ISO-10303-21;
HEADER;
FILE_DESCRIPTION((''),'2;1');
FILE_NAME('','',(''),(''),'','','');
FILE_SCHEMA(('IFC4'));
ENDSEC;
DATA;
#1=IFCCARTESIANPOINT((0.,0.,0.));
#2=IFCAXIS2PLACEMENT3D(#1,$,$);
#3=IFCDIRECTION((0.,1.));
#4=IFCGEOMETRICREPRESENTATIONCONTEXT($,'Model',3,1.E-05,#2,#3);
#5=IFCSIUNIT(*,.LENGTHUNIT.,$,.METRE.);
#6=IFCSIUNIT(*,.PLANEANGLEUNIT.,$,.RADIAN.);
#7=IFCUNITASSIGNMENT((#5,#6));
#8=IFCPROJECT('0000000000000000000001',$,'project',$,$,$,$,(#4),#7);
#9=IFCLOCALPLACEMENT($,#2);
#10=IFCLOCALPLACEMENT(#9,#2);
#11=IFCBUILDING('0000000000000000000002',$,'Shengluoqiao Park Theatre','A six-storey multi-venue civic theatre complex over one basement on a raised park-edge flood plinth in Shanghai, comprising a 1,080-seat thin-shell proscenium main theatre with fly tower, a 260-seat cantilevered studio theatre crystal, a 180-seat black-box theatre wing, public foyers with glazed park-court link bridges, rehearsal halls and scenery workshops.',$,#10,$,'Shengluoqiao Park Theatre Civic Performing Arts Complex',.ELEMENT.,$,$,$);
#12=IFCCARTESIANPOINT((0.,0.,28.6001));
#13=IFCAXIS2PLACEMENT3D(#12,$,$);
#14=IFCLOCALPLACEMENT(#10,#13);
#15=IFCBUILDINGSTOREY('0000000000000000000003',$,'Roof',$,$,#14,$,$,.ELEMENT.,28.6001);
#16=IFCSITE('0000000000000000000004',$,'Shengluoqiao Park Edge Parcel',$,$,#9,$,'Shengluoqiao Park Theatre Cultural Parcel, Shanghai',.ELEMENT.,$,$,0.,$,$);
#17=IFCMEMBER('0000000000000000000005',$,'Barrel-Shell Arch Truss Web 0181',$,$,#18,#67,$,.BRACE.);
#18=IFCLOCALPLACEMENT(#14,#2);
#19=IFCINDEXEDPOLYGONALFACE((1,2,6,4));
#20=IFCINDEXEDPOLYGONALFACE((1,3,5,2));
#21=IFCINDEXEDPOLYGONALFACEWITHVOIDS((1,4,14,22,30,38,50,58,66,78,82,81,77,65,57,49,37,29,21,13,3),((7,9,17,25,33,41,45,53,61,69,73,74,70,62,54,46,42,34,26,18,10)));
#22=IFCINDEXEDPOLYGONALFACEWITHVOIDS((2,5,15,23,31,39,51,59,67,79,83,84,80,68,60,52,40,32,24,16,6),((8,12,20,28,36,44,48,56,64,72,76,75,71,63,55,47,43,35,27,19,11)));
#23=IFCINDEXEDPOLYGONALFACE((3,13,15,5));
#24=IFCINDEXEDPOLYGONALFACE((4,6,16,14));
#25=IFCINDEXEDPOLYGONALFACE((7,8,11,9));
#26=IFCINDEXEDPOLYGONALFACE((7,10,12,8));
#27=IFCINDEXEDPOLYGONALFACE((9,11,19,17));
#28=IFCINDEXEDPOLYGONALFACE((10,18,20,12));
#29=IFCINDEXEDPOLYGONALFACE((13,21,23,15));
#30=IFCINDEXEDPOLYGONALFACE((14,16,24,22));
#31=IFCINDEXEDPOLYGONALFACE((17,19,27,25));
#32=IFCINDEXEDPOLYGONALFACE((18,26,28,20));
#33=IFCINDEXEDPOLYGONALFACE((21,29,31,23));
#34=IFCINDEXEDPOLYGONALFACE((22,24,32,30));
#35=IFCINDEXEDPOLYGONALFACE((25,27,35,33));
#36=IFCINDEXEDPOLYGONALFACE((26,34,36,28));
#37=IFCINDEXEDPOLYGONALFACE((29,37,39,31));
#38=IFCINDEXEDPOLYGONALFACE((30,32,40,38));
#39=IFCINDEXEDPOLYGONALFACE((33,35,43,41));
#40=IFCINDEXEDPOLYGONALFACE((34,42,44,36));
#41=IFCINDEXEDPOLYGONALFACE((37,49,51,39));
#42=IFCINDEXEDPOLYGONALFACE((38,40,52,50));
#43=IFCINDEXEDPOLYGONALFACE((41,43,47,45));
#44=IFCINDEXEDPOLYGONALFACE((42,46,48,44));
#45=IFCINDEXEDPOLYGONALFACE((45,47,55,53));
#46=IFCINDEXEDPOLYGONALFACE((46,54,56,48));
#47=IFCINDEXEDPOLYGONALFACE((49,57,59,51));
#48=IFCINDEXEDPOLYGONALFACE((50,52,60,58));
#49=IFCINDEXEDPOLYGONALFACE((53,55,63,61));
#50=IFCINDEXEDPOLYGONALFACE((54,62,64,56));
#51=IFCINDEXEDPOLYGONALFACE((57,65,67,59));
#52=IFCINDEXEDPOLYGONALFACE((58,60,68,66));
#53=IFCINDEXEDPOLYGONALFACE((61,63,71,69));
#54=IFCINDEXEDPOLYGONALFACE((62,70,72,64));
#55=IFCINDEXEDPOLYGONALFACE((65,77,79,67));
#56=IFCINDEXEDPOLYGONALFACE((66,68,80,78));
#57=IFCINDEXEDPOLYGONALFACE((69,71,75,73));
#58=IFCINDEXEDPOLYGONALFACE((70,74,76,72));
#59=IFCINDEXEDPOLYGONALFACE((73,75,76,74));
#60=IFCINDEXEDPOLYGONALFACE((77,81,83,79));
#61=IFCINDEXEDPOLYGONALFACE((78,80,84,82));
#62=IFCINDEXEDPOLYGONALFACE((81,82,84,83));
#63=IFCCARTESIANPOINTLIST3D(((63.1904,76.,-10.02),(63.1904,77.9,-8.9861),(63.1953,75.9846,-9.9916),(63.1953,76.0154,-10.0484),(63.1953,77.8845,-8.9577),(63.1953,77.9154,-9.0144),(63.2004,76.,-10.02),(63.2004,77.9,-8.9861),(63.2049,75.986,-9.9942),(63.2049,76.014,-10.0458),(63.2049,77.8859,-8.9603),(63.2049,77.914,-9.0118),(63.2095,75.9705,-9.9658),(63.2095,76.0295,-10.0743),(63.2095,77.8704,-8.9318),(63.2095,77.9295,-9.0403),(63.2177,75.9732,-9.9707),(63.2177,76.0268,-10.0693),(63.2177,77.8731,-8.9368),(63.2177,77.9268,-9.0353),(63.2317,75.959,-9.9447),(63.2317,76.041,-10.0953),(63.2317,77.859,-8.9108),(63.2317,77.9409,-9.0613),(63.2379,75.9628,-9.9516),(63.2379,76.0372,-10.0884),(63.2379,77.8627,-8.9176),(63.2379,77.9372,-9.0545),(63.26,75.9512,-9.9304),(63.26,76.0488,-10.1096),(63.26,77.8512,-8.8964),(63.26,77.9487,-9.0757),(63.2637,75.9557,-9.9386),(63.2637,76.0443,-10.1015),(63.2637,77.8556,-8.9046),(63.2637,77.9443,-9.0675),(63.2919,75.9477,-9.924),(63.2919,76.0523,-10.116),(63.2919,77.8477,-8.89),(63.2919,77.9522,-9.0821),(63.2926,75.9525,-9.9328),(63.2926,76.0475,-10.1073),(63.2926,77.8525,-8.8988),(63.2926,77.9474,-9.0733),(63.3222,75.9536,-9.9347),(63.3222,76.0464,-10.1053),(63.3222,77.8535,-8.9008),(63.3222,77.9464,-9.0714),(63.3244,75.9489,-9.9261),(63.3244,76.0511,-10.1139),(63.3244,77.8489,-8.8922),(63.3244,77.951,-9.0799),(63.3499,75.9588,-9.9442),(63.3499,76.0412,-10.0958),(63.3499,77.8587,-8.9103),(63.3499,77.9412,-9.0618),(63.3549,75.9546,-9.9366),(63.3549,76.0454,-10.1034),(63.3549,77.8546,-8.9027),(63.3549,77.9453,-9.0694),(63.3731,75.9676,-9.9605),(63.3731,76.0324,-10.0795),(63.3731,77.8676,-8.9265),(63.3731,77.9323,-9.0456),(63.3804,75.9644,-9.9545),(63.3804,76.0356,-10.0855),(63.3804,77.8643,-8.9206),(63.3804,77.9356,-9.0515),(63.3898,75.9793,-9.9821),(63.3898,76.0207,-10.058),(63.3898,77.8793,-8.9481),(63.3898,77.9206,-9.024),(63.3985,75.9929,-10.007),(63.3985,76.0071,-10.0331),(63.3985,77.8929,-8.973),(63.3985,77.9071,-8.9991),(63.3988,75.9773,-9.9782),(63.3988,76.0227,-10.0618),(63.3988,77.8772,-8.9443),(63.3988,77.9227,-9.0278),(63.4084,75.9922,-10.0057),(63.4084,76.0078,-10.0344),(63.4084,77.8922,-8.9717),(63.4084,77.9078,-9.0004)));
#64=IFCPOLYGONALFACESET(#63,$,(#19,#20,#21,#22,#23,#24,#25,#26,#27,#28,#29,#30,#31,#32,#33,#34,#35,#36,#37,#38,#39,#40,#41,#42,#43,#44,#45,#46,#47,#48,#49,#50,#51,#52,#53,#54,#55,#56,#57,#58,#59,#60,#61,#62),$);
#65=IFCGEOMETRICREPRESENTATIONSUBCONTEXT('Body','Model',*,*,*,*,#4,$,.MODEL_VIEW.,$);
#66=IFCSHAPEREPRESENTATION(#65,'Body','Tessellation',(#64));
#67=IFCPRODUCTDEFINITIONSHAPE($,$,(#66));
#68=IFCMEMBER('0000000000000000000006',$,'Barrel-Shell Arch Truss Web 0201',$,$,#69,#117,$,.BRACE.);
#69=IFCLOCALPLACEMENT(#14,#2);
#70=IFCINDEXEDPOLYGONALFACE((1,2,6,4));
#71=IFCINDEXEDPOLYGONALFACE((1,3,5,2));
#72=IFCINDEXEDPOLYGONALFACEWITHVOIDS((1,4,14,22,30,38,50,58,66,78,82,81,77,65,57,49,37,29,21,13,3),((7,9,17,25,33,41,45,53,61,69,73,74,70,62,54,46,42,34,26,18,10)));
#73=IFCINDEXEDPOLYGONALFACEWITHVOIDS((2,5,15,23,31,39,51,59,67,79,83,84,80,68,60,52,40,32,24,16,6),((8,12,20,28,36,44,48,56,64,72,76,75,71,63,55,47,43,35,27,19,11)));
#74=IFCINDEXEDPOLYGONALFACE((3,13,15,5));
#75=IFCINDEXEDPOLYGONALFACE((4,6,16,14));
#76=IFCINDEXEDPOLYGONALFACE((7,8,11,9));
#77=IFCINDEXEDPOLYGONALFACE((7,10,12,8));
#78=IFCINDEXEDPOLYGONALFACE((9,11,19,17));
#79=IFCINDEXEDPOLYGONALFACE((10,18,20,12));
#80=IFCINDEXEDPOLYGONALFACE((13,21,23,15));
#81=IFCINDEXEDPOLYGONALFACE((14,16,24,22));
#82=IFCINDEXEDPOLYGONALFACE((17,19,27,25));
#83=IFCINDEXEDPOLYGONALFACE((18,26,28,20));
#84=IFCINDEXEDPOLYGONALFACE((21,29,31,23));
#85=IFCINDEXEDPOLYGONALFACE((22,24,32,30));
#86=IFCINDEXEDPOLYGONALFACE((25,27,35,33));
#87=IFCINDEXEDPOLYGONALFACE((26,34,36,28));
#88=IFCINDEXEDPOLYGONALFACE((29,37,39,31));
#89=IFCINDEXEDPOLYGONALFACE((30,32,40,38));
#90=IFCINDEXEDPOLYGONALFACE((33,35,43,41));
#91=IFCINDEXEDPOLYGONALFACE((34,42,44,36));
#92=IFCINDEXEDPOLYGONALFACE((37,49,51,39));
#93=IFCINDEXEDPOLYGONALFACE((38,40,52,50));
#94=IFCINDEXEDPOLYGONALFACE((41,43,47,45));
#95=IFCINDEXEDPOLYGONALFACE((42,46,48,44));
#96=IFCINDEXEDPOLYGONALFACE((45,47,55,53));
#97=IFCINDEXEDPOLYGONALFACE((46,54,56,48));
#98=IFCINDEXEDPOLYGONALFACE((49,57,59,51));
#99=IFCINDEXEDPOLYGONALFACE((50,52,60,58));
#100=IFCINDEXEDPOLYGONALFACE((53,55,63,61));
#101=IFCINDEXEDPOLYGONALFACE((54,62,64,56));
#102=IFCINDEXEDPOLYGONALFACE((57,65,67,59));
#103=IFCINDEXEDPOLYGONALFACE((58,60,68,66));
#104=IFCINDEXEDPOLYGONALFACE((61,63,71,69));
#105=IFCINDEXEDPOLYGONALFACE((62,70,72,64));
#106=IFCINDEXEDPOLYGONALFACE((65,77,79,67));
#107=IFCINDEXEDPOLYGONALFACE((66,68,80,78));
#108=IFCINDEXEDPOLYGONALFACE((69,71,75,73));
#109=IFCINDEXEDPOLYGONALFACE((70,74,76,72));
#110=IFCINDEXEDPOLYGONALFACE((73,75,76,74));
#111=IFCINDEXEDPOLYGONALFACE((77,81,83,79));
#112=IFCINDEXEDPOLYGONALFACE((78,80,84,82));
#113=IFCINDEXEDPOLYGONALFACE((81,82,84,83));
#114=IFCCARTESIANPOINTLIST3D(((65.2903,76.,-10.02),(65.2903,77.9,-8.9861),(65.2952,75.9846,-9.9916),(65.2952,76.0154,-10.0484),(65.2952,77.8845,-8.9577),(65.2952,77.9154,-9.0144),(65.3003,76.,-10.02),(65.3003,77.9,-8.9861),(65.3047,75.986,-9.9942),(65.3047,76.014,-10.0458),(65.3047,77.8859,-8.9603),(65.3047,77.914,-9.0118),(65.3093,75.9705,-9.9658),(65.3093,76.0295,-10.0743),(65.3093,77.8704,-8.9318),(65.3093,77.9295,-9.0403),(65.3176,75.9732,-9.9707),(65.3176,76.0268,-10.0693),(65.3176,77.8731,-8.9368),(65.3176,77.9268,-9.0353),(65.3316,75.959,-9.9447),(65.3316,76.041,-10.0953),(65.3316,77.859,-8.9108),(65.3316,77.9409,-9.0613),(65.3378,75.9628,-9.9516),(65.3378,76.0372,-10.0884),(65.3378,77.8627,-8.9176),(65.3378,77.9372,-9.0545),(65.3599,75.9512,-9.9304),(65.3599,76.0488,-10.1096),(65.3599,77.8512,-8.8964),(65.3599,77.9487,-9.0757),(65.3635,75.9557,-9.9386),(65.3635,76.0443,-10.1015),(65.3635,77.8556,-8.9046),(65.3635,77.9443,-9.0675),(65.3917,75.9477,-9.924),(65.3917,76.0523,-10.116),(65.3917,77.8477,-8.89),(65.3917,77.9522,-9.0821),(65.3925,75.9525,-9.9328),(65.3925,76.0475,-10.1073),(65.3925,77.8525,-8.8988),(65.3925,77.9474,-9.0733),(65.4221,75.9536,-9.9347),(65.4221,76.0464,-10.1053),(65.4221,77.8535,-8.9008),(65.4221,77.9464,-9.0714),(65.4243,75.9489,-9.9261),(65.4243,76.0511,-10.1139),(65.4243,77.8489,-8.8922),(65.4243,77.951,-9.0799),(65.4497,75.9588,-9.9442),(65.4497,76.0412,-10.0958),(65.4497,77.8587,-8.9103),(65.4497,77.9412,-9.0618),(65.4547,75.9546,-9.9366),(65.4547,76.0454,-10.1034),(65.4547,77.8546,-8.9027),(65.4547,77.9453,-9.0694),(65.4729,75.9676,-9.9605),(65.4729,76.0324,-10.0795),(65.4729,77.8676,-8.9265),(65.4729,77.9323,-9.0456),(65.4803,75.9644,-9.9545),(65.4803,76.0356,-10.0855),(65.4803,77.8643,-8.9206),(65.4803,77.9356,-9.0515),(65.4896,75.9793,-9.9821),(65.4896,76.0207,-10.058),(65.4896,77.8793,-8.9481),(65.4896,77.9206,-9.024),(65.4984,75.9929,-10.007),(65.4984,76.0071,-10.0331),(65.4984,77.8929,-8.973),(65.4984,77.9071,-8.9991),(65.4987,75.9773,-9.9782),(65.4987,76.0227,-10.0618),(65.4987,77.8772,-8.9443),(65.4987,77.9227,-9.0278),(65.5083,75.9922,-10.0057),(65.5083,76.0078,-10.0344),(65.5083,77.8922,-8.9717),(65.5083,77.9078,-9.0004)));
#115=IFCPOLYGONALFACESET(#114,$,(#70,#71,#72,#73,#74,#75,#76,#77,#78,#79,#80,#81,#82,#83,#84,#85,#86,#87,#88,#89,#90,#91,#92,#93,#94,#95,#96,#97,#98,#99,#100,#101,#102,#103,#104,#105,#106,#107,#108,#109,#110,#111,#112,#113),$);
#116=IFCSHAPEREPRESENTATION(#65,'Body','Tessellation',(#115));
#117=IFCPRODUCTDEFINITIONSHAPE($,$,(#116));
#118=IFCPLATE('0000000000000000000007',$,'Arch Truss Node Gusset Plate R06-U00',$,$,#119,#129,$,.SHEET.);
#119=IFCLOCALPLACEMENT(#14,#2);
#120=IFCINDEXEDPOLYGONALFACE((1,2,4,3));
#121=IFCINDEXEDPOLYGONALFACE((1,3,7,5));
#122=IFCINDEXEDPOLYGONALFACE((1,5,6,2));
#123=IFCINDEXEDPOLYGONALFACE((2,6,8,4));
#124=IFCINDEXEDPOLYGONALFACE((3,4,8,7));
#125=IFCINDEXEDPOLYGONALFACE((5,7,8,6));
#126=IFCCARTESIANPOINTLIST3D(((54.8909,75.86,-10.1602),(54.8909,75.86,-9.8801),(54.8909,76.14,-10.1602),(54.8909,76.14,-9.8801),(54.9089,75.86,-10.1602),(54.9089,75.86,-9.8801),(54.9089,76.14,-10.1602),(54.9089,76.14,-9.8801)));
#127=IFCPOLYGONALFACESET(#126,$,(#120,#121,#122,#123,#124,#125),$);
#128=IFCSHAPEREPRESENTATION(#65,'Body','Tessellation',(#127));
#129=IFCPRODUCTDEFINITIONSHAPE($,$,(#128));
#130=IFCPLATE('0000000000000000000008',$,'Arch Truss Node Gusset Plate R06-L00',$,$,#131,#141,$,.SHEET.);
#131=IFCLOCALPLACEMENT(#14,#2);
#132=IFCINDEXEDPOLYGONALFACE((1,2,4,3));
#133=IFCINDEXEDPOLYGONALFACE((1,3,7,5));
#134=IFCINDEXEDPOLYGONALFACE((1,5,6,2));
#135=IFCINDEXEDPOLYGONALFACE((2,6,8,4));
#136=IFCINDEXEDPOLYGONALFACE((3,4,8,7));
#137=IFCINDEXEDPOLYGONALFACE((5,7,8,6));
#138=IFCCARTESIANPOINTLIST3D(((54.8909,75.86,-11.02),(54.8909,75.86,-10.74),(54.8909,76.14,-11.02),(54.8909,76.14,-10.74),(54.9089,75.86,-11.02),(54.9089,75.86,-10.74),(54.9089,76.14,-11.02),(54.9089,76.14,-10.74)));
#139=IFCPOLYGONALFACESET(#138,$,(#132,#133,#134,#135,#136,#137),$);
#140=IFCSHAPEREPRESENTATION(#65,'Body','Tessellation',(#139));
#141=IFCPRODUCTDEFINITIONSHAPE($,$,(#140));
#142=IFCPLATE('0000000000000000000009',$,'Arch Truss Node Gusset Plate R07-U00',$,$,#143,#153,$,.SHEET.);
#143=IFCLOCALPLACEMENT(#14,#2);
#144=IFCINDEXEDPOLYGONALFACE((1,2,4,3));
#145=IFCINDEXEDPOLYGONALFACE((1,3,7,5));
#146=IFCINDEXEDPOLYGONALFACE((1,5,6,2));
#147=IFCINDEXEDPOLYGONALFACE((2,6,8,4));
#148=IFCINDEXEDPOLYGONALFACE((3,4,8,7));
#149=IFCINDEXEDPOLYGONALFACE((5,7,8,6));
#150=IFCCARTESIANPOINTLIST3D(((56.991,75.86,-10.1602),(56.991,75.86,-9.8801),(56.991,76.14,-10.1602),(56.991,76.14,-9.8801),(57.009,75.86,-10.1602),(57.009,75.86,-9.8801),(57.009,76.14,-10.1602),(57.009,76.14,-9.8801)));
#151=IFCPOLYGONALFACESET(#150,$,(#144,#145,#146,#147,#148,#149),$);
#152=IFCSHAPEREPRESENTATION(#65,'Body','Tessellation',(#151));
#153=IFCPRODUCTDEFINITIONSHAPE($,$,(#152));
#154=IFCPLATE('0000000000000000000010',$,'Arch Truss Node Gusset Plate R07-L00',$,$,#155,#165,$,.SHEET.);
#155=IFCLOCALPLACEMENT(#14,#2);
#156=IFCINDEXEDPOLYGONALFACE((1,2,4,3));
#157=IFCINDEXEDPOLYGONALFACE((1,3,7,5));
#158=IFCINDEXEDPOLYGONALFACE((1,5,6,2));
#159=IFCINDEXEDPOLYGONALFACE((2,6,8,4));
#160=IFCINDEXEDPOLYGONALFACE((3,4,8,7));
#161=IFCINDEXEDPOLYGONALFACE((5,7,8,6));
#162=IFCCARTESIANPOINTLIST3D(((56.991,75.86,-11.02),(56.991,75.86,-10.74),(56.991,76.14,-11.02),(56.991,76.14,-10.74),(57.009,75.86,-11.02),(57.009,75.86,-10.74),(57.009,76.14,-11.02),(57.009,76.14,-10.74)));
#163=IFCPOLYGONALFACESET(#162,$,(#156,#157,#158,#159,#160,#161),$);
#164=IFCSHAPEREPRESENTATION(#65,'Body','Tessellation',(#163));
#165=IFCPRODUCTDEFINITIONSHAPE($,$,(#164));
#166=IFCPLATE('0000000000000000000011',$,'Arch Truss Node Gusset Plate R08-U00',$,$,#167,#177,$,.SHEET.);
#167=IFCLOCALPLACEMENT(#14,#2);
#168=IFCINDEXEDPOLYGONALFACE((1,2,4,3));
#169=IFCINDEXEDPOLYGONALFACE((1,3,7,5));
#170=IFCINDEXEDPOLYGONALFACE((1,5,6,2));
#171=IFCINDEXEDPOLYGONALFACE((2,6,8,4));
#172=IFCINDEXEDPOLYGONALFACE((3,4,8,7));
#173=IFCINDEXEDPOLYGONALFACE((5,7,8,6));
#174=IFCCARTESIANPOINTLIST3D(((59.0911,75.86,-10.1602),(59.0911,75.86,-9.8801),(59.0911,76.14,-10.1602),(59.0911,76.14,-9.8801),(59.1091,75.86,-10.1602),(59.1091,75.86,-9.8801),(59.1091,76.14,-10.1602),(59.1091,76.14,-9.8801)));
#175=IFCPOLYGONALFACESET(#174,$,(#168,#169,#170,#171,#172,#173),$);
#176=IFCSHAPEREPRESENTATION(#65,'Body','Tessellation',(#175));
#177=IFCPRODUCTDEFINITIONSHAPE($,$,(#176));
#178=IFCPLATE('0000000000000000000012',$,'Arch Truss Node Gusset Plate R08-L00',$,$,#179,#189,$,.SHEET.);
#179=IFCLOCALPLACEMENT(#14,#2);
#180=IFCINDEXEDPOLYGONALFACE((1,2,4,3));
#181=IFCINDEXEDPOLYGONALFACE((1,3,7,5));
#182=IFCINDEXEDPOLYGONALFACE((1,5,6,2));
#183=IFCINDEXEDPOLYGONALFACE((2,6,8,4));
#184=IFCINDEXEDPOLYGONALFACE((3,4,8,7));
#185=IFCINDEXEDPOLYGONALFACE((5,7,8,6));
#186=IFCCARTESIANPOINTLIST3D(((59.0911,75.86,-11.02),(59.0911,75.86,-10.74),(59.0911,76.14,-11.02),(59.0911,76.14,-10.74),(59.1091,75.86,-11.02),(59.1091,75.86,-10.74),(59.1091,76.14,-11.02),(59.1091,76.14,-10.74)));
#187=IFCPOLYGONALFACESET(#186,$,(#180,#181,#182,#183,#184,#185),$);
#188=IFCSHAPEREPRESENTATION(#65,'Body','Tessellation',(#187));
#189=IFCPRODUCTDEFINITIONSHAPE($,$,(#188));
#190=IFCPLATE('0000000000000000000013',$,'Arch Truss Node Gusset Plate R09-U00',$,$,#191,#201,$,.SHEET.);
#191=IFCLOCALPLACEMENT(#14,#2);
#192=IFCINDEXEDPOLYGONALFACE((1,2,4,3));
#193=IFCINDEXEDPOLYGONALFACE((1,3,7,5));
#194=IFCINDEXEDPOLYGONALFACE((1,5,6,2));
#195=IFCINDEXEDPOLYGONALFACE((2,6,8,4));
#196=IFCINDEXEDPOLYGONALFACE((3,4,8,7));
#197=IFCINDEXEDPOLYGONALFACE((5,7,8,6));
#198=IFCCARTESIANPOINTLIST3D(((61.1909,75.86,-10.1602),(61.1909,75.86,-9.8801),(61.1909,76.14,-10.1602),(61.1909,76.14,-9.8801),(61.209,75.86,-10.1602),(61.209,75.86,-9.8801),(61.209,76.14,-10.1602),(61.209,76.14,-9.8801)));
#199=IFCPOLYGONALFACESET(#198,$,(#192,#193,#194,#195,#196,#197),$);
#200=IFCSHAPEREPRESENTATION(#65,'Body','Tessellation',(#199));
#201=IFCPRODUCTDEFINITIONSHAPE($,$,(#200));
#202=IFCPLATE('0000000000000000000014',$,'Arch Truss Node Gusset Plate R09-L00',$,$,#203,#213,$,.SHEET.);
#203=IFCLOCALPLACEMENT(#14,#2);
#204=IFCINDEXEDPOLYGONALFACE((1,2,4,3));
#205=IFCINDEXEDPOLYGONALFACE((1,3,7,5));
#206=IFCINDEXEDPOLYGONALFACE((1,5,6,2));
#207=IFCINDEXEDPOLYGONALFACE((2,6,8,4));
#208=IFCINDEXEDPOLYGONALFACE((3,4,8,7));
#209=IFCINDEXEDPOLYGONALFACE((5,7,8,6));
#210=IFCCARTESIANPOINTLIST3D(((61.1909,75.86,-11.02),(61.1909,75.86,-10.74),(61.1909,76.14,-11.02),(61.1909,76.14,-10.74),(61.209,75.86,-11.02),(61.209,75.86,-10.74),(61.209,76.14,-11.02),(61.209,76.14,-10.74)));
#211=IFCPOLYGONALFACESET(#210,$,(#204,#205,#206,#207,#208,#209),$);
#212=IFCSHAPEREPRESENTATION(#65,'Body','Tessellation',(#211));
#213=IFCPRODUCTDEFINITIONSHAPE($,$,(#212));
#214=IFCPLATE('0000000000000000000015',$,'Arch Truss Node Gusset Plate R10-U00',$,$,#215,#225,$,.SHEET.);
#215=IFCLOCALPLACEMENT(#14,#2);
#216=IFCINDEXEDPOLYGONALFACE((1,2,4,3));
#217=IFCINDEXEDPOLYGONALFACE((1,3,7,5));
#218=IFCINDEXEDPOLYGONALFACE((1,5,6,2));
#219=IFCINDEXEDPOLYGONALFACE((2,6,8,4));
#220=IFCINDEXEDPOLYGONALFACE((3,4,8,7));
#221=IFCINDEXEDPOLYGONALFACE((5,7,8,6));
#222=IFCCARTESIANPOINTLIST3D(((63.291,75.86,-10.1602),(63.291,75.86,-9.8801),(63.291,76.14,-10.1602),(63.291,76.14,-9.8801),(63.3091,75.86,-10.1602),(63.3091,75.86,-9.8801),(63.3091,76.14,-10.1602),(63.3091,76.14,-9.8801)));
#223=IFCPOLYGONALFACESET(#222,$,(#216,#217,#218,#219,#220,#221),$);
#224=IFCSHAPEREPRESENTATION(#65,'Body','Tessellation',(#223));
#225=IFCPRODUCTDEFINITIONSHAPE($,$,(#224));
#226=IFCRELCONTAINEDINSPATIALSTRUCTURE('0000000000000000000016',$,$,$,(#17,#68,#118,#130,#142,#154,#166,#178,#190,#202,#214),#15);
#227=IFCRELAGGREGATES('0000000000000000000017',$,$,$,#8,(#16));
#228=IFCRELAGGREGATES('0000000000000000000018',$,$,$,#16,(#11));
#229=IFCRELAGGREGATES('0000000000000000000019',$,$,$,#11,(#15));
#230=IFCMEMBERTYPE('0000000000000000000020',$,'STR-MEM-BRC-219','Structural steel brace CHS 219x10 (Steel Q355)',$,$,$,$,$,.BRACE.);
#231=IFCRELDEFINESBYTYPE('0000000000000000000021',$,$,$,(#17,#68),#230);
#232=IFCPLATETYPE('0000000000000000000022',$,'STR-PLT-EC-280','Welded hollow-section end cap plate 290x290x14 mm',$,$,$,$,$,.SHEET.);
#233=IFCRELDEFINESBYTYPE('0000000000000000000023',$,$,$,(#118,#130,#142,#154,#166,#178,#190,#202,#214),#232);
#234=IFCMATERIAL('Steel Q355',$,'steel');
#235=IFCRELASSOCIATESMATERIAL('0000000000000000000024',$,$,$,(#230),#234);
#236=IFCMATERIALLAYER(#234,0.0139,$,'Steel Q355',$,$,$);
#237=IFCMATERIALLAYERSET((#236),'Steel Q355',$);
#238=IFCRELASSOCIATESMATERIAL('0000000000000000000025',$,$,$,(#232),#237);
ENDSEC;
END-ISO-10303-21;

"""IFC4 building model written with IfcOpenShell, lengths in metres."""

from ifc_helpers import new_model, si_unit, direction, frame, origin, origin_2d, place, context, subcontext, project, spatial, rectangle, hollow_circle, extrude, material, layer, layer_set, material_profile, profile_set, type_object, element, save


model = new_model("IFC4")

# Units and contexts
model_context = context("Model", 3, precision=1e-05, world=origin(), true_north=direction((0.0, 1.0)))
body_context = subcontext(model_context, "Body", "Model", "MODEL_VIEW")
ifc_project = project(units=[si_unit("LENGTHUNIT", "METRE"), si_unit("PLANEANGLEUNIT", "RADIAN")], contexts=[model_context])

# Site, building, storey
site_placement = place(None, origin())
site = spatial("IfcSite", under=ifc_project, at=site_placement, Name="Shengluoqiao Park Edge Parcel", LongName="Shengluoqiao Park Theatre Cultural Parcel, Shanghai", CompositionType="ELEMENT", RefElevation=0.0)
building_placement = place(site_placement, origin())
building = spatial("IfcBuilding", under=site, at=building_placement, Name="Shengluoqiao Park Theatre", Description="A six-storey multi-venue civic theatre complex over one basement on a raised park-edge flood plinth in Shanghai, comprising a 1,080-seat thin-shell proscenium main theatre with fly tower, a 260-seat cantilevered studio theatre crystal, a 180-seat black-box theatre wing, public foyers with glazed park-court link bridges, rehearsal halls and scenery workshops.", LongName="Shengluoqiao Park Theatre Civic Performing Arts Complex", CompositionType="ELEMENT")
storey_placement = place(building_placement, frame((0.0, 0.0, 28.6001)))
storey = spatial("IfcBuildingStorey", under=building, at=storey_placement, Name="Roof", CompositionType="ELEMENT", Elevation=28.6001)

# Shared definitions
ifc_material_1 = material(Name="Steel Q355", Category="steel")

# Members
ifc_material_profile_1 = material_profile(ifc_material_1, hollow_circle(Radius=0.1096, WallThickness=0.01, at=origin_2d()), Name="CHS 219x10")
ifc_profile_set_1 = profile_set([ifc_material_profile_1], Name="Steel Q355")
member_type = type_object("IfcMemberType", Name="STR-MEM-BRC-219", Description="Structural steel brace CHS 219x10 (Steel Q355)", PredefinedType="BRACE", material=ifc_profile_set_1)
for number, where, z_axis, x_axis, name in (
    (1, (63.3, 76.0, -10.02), (0.0, 0.878357, 0.478006), (-1.0, 0.0, 0.0), "Barrel-Shell Arch Truss Web 0181"),
    (2, (65.3999, 76.0, -10.02), (0.0, 0.878357, 0.478006), (-1.0, 0.0, 0.0), "Barrel-Shell Arch Truss Web 0201"),
):
    element("IfcMember", number, at=place(storey_placement, frame(where, z_axis=z_axis, x_axis=x_axis)), inside=storey, type_object=member_type, Name=name, PredefinedType="BRACE", context=body_context, shape_type="SweptSolid", body=[
        extrude(hollow_circle(Radius=0.1096, WallThickness=0.01, at=origin_2d()), origin(), (0.0, 0.0, 1.0), 2.1631),
    ])

# Plates
ifc_layer = layer(ifc_material_1, 0.0139, Name="Steel Q355")
ifc_layer_set = layer_set([ifc_layer], Name="Steel Q355")
plate_type = type_object("IfcPlateType", Name="STR-PLT-EC-280", Description="Welded hollow-section end cap plate 290x290x14 mm", PredefinedType="SHEET", material=ifc_layer_set)
for number, where, z_axis, x_axis, name in (
    (3, (54.8999, 76.0, -10.1602), (0.0, 0.0, 1.0), (1.0, 0.0, 0.0), "Arch Truss Node Gusset Plate R06-U00"),
    (4, (54.8999, 76.0, -11.02), (0.0, 0.0, 1.0), (1.0, 0.0, 0.0), "Arch Truss Node Gusset Plate R06-L00"),
    (5, (57.0, 76.0, -10.1602), (0.0, 0.0, 1.0), (1.0, 0.0, 0.0), "Arch Truss Node Gusset Plate R07-U00"),
    (6, (57.0, 76.0, -11.02), (0.0, 0.0, 1.0), (1.0, 0.0, 0.0), "Arch Truss Node Gusset Plate R07-L00"),
    (7, (59.1001, 76.0, -10.1602), (0.0, 0.0, 1.0), (1.0, 0.0, 0.0), "Arch Truss Node Gusset Plate R08-U00"),
    (8, (59.1001, 76.0, -11.02), (0.0, 0.0, 1.0), (1.0, 0.0, 0.0), "Arch Truss Node Gusset Plate R08-L00"),
    (9, (61.2, 76.0, -10.1602), (0.0, 0.0, 1.0), (1.0, 0.0, 0.0), "Arch Truss Node Gusset Plate R09-U00"),
    (10, (61.2, 76.0, -11.02), (0.0, 0.0, 1.0), (1.0, 0.0, 0.0), "Arch Truss Node Gusset Plate R09-L00"),
    (11, (63.3, 76.0, -10.1602), (0.0, 0.0, 1.0), (1.0, 0.0, 0.0), "Arch Truss Node Gusset Plate R10-U00"),
):
    element("IfcPlate", number, at=place(storey_placement, frame(where, z_axis=z_axis, x_axis=x_axis)), inside=storey, type_object=plate_type, Name=name, PredefinedType="SHEET", context=body_context, shape_type="SweptSolid", body=[
        extrude(rectangle(XDim=0.0181, YDim=0.28, at=origin_2d()), origin(), (0.0, 0.0, 1.0), 0.28),
    ])

save(model, "model.ifc")
